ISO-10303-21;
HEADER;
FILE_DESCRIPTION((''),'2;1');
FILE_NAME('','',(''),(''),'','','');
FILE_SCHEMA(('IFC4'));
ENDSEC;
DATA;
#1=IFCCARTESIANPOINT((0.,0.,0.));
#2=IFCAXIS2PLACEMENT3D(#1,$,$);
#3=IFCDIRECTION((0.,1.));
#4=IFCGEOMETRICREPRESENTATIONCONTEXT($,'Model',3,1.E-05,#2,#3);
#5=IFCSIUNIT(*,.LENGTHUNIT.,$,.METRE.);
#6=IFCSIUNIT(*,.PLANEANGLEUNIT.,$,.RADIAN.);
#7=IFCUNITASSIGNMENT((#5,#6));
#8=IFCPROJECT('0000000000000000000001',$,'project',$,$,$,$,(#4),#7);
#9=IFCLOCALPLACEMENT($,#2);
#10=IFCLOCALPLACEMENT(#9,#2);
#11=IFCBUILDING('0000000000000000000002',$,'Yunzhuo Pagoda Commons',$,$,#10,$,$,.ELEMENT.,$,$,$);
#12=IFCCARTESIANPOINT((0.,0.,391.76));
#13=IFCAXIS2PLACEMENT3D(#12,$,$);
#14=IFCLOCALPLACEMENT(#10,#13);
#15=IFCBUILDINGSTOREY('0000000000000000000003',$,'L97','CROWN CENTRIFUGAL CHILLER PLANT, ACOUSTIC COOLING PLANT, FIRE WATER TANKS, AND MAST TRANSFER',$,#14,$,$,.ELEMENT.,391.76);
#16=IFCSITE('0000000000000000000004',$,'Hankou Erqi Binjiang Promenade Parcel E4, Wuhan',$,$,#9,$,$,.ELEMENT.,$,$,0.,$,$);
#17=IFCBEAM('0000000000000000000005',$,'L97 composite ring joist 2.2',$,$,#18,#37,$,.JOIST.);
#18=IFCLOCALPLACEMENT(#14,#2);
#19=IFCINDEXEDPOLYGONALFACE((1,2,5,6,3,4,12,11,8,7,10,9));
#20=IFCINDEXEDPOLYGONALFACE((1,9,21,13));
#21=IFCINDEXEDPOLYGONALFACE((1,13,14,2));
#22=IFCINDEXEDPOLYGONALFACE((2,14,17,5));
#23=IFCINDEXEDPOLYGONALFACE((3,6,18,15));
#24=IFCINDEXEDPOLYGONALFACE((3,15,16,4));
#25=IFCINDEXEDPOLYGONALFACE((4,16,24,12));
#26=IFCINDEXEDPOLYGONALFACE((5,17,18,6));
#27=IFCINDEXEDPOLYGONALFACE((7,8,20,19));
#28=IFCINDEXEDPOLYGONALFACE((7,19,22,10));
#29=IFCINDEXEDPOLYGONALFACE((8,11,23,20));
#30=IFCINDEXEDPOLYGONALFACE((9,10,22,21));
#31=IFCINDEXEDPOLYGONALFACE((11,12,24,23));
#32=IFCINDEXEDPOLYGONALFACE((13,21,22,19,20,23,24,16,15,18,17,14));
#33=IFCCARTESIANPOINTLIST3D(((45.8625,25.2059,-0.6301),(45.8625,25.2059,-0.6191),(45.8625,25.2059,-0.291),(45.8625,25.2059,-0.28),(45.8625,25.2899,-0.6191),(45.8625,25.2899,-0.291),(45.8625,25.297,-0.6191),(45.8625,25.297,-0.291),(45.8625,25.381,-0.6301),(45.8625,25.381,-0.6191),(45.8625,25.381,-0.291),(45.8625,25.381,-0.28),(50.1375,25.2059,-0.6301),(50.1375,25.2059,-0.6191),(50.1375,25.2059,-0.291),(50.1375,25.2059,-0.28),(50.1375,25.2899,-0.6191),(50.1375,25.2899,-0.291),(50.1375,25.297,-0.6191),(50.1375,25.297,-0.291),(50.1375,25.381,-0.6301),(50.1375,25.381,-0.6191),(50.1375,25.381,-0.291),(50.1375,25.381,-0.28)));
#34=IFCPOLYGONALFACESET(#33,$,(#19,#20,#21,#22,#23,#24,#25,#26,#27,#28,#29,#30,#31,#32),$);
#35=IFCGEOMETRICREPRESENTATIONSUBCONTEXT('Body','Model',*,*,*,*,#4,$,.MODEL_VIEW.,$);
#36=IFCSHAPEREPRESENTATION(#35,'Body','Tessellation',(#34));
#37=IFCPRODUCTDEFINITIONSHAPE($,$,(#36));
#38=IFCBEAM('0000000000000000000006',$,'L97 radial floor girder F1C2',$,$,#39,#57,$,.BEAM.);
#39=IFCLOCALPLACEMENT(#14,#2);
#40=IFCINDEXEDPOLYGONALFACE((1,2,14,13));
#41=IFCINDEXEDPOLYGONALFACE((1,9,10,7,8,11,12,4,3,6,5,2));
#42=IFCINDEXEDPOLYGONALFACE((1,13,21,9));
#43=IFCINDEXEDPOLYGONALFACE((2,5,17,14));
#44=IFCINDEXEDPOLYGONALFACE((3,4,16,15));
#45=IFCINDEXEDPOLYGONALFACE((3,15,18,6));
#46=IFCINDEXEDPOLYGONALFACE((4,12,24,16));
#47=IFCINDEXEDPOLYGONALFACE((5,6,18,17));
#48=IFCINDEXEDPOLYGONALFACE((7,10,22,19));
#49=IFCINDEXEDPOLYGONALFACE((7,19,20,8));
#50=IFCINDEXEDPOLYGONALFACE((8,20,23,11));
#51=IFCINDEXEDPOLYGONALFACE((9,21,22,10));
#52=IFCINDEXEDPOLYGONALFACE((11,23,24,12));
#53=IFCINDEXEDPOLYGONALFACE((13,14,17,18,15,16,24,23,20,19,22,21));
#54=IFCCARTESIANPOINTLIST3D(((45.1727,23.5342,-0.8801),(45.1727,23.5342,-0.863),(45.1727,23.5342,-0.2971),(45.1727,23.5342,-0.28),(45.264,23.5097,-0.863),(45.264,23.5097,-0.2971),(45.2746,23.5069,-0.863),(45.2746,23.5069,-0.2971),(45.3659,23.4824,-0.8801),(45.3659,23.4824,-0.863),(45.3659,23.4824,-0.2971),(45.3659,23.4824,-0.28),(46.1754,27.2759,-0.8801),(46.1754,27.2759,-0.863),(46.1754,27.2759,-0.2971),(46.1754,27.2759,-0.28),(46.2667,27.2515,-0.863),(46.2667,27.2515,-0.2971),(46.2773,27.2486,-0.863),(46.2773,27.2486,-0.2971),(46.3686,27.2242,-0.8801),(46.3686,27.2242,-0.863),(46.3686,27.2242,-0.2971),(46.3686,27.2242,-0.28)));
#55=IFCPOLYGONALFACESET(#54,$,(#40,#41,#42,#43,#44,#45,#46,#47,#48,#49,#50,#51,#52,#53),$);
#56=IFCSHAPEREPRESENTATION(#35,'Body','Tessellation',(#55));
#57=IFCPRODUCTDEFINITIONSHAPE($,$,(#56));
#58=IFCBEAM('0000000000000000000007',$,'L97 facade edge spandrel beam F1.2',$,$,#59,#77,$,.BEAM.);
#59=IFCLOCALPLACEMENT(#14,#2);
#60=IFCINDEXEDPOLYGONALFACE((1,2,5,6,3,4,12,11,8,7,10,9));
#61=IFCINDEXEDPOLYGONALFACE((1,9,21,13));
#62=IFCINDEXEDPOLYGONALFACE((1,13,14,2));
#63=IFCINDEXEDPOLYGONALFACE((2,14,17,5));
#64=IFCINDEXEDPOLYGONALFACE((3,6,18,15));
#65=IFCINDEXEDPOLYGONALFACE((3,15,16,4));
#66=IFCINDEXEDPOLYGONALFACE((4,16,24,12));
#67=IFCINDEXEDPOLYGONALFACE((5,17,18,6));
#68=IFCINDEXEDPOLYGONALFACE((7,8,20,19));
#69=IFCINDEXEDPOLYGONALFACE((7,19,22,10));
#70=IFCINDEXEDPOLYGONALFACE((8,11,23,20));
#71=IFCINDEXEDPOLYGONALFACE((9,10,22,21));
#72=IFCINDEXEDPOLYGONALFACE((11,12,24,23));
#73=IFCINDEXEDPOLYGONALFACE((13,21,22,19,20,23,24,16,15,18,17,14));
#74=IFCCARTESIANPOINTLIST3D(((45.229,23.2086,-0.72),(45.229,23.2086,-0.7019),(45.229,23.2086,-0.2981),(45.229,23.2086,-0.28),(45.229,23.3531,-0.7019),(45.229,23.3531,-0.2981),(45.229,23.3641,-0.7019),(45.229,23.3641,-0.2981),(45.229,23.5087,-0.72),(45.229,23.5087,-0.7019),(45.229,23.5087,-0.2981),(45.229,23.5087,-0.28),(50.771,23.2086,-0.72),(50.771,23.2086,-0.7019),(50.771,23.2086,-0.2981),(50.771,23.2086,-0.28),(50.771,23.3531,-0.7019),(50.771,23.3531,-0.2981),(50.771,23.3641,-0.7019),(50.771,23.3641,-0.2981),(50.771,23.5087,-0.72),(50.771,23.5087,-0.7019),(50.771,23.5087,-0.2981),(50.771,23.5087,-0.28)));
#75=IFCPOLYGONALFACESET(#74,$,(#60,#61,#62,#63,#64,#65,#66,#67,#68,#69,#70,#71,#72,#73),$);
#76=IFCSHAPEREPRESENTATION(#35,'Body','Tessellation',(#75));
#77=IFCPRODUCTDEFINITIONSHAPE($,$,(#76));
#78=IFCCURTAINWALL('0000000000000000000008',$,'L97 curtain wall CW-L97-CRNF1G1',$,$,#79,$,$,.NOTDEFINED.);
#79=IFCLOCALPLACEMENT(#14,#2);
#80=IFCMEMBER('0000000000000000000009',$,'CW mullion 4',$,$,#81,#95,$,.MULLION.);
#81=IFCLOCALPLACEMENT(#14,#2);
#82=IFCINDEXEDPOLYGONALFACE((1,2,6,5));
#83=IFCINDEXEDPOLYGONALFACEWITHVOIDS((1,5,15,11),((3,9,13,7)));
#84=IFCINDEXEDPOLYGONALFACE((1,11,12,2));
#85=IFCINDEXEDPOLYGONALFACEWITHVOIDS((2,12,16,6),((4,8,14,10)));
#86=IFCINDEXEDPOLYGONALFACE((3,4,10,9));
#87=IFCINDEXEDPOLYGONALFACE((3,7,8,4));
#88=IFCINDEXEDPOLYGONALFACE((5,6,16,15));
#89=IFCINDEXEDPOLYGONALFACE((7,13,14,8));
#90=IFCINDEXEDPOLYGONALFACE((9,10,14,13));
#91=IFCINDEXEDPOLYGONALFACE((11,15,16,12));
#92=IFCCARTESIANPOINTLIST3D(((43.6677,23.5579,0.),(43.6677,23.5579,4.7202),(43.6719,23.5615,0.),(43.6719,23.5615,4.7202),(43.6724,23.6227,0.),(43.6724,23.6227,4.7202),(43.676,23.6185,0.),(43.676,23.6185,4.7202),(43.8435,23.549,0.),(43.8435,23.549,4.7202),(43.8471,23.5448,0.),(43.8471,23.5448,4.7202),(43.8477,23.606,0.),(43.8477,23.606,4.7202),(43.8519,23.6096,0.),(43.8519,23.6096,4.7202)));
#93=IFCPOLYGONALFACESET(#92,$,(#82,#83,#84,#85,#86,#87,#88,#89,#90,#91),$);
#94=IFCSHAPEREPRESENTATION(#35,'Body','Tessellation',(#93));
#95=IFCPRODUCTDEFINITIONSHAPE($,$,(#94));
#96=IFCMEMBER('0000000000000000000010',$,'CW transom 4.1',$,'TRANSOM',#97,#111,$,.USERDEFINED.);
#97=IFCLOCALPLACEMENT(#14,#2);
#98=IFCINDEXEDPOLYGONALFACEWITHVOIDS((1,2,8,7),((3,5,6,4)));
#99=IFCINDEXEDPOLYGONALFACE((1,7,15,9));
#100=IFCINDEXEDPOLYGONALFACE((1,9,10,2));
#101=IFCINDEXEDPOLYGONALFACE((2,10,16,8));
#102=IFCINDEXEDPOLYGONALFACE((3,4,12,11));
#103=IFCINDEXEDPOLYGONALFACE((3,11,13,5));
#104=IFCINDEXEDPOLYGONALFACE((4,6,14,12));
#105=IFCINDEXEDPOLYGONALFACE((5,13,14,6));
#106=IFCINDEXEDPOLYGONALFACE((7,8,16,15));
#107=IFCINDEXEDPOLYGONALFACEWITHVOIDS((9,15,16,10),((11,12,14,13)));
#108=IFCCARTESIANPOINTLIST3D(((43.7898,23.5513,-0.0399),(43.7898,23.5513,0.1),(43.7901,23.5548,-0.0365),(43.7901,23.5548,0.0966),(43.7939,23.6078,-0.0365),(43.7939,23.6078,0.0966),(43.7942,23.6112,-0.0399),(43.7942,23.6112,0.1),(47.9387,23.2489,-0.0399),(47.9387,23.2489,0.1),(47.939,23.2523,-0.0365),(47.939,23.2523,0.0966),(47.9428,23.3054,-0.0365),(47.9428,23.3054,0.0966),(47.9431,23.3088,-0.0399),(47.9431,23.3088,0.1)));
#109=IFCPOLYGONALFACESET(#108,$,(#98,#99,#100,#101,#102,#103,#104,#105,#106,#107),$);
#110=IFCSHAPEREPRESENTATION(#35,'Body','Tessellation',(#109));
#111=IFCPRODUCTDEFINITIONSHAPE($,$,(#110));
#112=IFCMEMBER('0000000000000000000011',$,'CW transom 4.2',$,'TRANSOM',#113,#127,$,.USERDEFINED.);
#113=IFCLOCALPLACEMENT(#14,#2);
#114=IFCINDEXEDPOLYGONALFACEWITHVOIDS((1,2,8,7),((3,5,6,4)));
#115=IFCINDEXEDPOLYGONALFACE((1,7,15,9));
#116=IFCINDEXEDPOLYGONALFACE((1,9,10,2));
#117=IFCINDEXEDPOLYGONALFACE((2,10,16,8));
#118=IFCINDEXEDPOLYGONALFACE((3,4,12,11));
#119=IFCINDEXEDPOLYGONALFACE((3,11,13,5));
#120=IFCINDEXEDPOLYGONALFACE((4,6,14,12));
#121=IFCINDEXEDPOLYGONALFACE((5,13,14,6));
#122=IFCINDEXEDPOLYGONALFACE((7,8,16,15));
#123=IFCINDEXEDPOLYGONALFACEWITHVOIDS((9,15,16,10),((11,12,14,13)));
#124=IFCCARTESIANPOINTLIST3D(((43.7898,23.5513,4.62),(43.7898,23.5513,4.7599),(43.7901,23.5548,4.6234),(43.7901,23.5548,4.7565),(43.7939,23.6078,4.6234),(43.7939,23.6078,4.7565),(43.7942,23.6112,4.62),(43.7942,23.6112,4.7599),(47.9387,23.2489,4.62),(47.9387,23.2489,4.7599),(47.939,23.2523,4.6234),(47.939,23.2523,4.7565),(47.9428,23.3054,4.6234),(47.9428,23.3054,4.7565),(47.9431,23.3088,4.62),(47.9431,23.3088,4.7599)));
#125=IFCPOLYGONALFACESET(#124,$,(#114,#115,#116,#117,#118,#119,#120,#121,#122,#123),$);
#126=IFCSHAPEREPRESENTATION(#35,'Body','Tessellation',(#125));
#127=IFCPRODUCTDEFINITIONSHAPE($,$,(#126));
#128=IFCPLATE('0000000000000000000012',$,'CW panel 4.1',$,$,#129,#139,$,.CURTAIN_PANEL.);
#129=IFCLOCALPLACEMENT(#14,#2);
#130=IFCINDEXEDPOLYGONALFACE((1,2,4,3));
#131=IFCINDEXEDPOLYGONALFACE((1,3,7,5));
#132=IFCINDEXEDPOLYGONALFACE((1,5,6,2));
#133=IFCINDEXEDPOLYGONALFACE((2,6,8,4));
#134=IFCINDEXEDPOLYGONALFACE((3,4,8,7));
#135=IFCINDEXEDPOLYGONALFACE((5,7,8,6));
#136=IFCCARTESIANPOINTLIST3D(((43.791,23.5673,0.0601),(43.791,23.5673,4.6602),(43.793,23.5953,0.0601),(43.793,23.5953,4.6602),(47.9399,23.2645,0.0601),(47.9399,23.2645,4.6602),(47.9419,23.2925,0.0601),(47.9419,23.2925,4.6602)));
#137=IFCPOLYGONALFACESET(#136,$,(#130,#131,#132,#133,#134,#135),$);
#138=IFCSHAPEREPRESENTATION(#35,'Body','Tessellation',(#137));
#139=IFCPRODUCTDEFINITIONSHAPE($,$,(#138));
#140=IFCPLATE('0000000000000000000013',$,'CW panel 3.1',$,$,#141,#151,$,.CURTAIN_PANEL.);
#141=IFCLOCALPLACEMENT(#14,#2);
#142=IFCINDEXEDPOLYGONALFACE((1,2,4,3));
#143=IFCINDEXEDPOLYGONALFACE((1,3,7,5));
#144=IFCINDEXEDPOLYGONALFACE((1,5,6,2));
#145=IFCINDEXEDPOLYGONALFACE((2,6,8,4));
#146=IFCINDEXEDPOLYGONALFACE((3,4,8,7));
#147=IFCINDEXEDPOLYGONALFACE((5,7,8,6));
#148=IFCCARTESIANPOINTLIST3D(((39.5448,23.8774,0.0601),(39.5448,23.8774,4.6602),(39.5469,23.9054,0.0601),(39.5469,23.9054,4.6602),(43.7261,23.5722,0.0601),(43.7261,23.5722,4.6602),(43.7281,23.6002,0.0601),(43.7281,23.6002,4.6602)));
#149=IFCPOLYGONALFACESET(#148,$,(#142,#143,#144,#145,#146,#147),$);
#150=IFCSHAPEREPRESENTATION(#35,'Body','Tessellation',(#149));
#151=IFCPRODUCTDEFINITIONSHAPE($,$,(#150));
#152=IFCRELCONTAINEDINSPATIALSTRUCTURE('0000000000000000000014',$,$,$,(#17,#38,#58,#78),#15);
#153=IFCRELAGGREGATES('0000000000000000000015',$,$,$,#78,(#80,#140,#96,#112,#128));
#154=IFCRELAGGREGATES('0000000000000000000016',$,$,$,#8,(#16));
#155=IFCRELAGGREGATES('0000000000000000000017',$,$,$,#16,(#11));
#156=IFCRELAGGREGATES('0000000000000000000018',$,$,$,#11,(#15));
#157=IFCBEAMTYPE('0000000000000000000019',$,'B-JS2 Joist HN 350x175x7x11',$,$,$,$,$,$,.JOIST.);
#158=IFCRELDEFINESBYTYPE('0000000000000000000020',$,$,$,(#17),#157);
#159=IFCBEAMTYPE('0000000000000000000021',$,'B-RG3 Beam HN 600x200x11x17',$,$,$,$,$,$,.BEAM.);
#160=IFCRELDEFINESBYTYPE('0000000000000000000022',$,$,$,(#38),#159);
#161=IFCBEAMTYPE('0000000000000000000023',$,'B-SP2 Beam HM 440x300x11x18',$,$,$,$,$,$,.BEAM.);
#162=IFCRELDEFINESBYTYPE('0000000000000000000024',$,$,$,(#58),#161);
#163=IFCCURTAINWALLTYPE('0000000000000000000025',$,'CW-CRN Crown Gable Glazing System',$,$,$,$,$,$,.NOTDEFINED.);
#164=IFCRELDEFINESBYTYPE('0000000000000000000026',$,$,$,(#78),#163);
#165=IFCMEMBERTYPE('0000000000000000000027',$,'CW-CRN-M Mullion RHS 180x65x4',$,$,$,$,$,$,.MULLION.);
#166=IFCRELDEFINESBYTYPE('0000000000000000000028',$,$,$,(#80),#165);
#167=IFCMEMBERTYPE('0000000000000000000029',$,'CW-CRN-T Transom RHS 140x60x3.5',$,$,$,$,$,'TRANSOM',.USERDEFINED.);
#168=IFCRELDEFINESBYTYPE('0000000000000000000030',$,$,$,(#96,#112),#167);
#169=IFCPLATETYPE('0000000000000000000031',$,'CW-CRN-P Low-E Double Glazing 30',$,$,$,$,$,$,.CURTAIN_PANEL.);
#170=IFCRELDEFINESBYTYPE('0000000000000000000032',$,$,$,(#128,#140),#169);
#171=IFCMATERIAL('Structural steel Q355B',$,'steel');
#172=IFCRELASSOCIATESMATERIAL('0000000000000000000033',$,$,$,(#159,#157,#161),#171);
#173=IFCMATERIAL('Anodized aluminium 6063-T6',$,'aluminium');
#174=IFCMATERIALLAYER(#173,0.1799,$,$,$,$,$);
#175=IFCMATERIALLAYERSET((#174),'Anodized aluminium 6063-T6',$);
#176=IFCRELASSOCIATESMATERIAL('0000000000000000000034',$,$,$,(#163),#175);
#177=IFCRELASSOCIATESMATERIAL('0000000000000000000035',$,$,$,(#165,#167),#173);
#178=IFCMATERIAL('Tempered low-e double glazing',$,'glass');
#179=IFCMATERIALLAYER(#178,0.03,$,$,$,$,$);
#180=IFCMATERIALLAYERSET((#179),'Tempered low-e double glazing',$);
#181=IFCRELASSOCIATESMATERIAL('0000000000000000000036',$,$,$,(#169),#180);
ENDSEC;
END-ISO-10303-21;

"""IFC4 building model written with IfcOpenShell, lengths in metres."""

from ifc_helpers import new_model, si_unit, direction, frame, origin, origin_2d, place, context, subcontext, project, spatial, rectangle, hollow_rectangle, i_section, extrude, source, transform, mapped, material, layer, layer_set, material_profile, profile_set, type_object, element, aggregate, save


model = new_model("IFC4")

# Units and contexts
model_context = context("Model", 3, precision=1e-05, world=origin(), true_north=direction((0.0, 1.0)))
body_context = subcontext(model_context, "Body", "Model", "MODEL_VIEW")
ifc_project = project(units=[si_unit("LENGTHUNIT", "METRE"), si_unit("PLANEANGLEUNIT", "RADIAN")], contexts=[model_context])

# Site, building, storey
site_placement = place(None, origin())
site = spatial("IfcSite", under=ifc_project, at=site_placement, Name="Hankou Erqi Binjiang Promenade Parcel E4, Wuhan", CompositionType="ELEMENT", RefElevation=0.0)
building_placement = place(site_placement, origin())
building = spatial("IfcBuilding", under=site, at=building_placement, Name="Yunzhuo Pagoda Commons", CompositionType="ELEMENT")
storey_placement = place(building_placement, frame((0.0, 0.0, 391.76)))
storey = spatial("IfcBuildingStorey", under=building, at=storey_placement, Name="L97", Description="CROWN CENTRIFUGAL CHILLER PLANT, ACOUSTIC COOLING PLANT, FIRE WATER TANKS, AND MAST TRANSFER", CompositionType="ELEMENT", Elevation=391.76)

# Shared definitions
ifc_material_1 = material(Name="Structural steel Q355B", Category="steel")

# Beams
ifc_material_profile_1 = material_profile(ifc_material_1, i_section(OverallWidth=0.2, OverallDepth=0.6001, WebThickness=0.011, FlangeThickness=0.0171, at=origin_2d()), Name="Structural steel Q355B")
ifc_profile_set_1 = profile_set([ifc_material_profile_1], Name="Structural steel Q355B")
beam_type_1 = type_object("IfcBeamType", Name="B-RG3 Beam HN 600x200x11x17", PredefinedType="BEAM", material=ifc_profile_set_1)
ifc_material_profile_2 = material_profile(ifc_material_1, i_section(OverallWidth=0.175, OverallDepth=0.3501, WebThickness=0.0071, FlangeThickness=0.011, at=origin_2d()), Name="Structural steel Q355B")
ifc_profile_set_2 = profile_set([ifc_material_profile_2], Name="Structural steel Q355B")
beam_type_2 = type_object("IfcBeamType", Name="B-JS2 Joist HN 350x175x7x11", PredefinedType="JOIST", material=ifc_profile_set_2)
shared_shape_1 = source(origin(), body_context, "Body", "SweptSolid", [
    extrude(i_section(OverallWidth=0.175, OverallDepth=0.3501, WebThickness=0.0071, FlangeThickness=0.011, at=origin_2d()), origin(), (0.0, 0.0, 1.0), 4.2749),
])
beam_1_placement = place(storey_placement, frame((45.8625, 25.2935, -0.4551), z_axis=(1.0, 0.0, 0.0), x_axis=(0.0, 1.0, 0.0)))
element("IfcBeam", 1, at=beam_1_placement, inside=storey, type_object=beam_type_2, Name="L97 composite ring joist 2.2", PredefinedType="JOIST", context=body_context, shape_type="MappedRepresentation", body=[
    mapped(shared_shape_1, transform((0.0, 0.0, 0.0), scale=1.0)),
])
shared_shape_2 = source(origin(), body_context, "Body", "SweptSolid", [
    extrude(i_section(OverallWidth=0.2, OverallDepth=0.6001, WebThickness=0.011, FlangeThickness=0.0171, at=origin_2d()), origin(), (0.0, 0.0, 1.0), 3.8738),
])
beam_2_placement = place(storey_placement, frame((45.2693, 23.5083, -0.5801), z_axis=(0.258843, 0.965919, 0.0), x_axis=(-0.965919, 0.258843, 0.0)))
element("IfcBeam", 2, at=beam_2_placement, inside=storey, type_object=beam_type_1, Name="L97 radial floor girder F1C2", PredefinedType="BEAM", context=body_context, shape_type="MappedRepresentation", body=[
    mapped(shared_shape_2, transform((0.0, 0.0, 0.0), scale=1.0)),
])
ifc_material_profile_3 = material_profile(ifc_material_1, i_section(OverallWidth=0.3, OverallDepth=0.4399, WebThickness=0.011, FlangeThickness=0.0181, at=origin_2d()), Name="Structural steel Q355B")
ifc_profile_set_3 = profile_set([ifc_material_profile_3], Name="Structural steel Q355B")
beam_type_3 = type_object("IfcBeamType", Name="B-SP2 Beam HM 440x300x11x18", PredefinedType="BEAM", material=ifc_profile_set_3)
shared_shape_3 = source(origin(), body_context, "Body", "SweptSolid", [
    extrude(i_section(OverallWidth=0.3, OverallDepth=0.4399, WebThickness=0.011, FlangeThickness=0.0181, at=origin_2d()), origin(), (0.0, 0.0, 1.0), 5.542),
])
beam_3_placement = place(storey_placement, frame((45.229, 23.3586, -0.5), z_axis=(1.0, 0.0, 0.0), x_axis=(0.0, 1.0, 0.0)))
element("IfcBeam", 3, at=beam_3_placement, inside=storey, type_object=beam_type_3, Name="L97 facade edge spandrel beam F1.2", PredefinedType="BEAM", context=body_context, shape_type="MappedRepresentation", body=[
    mapped(shared_shape_3, transform((0.0, 0.0, 0.0), scale=1.0)),
])

# Curtain wall, members, plates
ifc_material_2 = material(Name="Anodized aluminium 6063-T6", Category="aluminium")
ifc_layer_1 = layer(ifc_material_2, 0.1799)
ifc_layer_set_1 = layer_set([ifc_layer_1], Name="Anodized aluminium 6063-T6")
curtain_wall_type = type_object("IfcCurtainWallType", Name="CW-CRN Crown Gable Glazing System", PredefinedType="NOTDEFINED", material=ifc_layer_set_1)
curtain_wall_placement = place(storey_placement, origin())
curtain_wall = element("IfcCurtainWall", 4, at=curtain_wall_placement, inside=storey, type_object=curtain_wall_type, Name="L97 curtain wall CW-L97-CRNF1G1", PredefinedType="NOTDEFINED")
ifc_material_profile_4 = material_profile(ifc_material_2, hollow_rectangle(XDim=0.0649, YDim=0.1799, WallThickness=0.0039, at=origin_2d()), Name="Anodized aluminium 6063-T6")
ifc_profile_set_4 = profile_set([ifc_material_profile_4], Name="Anodized aluminium 6063-T6")
member_type_1 = type_object("IfcMemberType", Name="CW-CRN-M Mullion RHS 180x65x4", PredefinedType="MULLION", material=ifc_profile_set_4)
shared_shape_4 = source(origin(), body_context, "Body", "SweptSolid", [
    extrude(hollow_rectangle(XDim=0.0649, YDim=0.1799, WallThickness=0.0039, at=origin_2d()), origin(), (0.0, 0.0, 1.0), 4.7202),
])
member_1_placement = place(storey_placement, frame((43.7598, 23.5837, 0.0), z_axis=(0.0, 0.0, 1.0), x_axis=(0.072796, 0.997347, 0.0)))
member_1 = element("IfcMember", 5, at=member_1_placement, type_object=member_type_1, Name="CW mullion 4", PredefinedType="MULLION", context=body_context, shape_type="MappedRepresentation", body=[
    mapped(shared_shape_4, transform((0.0, 0.0, 0.0), scale=1.0)),
])
ifc_material_profile_5 = material_profile(ifc_material_2, hollow_rectangle(XDim=0.0601, YDim=0.1399, WallThickness=0.0034, at=origin_2d()), Name="Anodized aluminium 6063-T6")
ifc_profile_set_5 = profile_set([ifc_material_profile_5], Name="Anodized aluminium 6063-T6")
member_type_2 = type_object("IfcMemberType", Name="CW-CRN-T Transom RHS 140x60x3.5", ElementType="TRANSOM", PredefinedType="USERDEFINED", material=ifc_profile_set_5)
shared_shape_5 = source(origin(), body_context, "Body", "SweptSolid", [
    extrude(hollow_rectangle(XDim=0.0601, YDim=0.1399, WallThickness=0.0034, at=origin_2d()), origin(), (0.0, 0.0, 1.0), 4.1599),
])
member_2_placement = place(storey_placement, frame((43.792, 23.5813, 0.03), z_axis=(0.997353, -0.072715, 0.0), x_axis=(0.072715, 0.997353, 0.0)))
member_2 = element("IfcMember", 6, at=member_2_placement, type_object=member_type_2, Name="CW transom 4.1", ObjectType="TRANSOM", PredefinedType="USERDEFINED", context=body_context, shape_type="MappedRepresentation", body=[
    mapped(shared_shape_5, transform((0.0, 0.0, 0.0), scale=1.0)),
])
member_3_placement = place(storey_placement, frame((43.792, 23.5813, 4.6899), z_axis=(0.997353, -0.072715, 0.0), x_axis=(0.072715, 0.997353, 0.0)))
member_3 = element("IfcMember", 7, at=member_3_placement, type_object=member_type_2, Name="CW transom 4.2", ObjectType="TRANSOM", PredefinedType="USERDEFINED", context=body_context, shape_type="MappedRepresentation", body=[
    mapped(shared_shape_5, transform((0.0, 0.0, 0.0), scale=1.0)),
])
ifc_material_3 = material(Name="Tempered low-e double glazing", Category="glass")
ifc_layer_2 = layer(ifc_material_3, 0.03)
ifc_layer_set_2 = layer_set([ifc_layer_2], Name="Tempered low-e double glazing")
plate_type = type_object("IfcPlateType", Name="CW-CRN-P Low-E Double Glazing 30", PredefinedType="CURTAIN_PANEL", material=ifc_layer_set_2)
shared_shape_6 = source(origin(), body_context, "Body", "SweptSolid", [
    extrude(rectangle(XDim=4.1599, YDim=0.0281, at=origin_2d()), origin(), (0.0, 0.0, 1.0), 4.6001),
])
plate_1_placement = place(storey_placement, frame((45.8665, 23.4299, 0.0601), z_axis=(0.0, 0.0, 1.0), x_axis=(0.997347, -0.072796, 0.0)))
plate_1 = element("IfcPlate", 8, at=plate_1_placement, type_object=plate_type, Name="CW panel 4.1", PredefinedType="CURTAIN_PANEL", context=body_context, shape_type="MappedRepresentation", body=[
    mapped(shared_shape_6, transform((0.0, 0.0, 0.0), scale=1.0)),
])
shared_shape_7 = source(origin(), body_context, "Body", "SweptSolid", [
    extrude(rectangle(XDim=4.1924, YDim=0.0281, at=origin_2d()), origin(), (0.0, 0.0, 1.0), 4.6001),
])
plate_2_placement = place(storey_placement, frame((41.6365, 23.7388, 0.0601), z_axis=(0.0, 0.0, 1.0), x_axis=(0.997347, -0.072796, 0.0)))
plate_2 = element("IfcPlate", 9, at=plate_2_placement, type_object=plate_type, Name="CW panel 3.1", PredefinedType="CURTAIN_PANEL", context=body_context, shape_type="MappedRepresentation", body=[
    mapped(shared_shape_7, transform((0.0, 0.0, 0.0), scale=1.0)),
])
aggregate(curtain_wall, [member_1, plate_2, member_2, member_3, plate_1])

save(model, "model.ifc")
